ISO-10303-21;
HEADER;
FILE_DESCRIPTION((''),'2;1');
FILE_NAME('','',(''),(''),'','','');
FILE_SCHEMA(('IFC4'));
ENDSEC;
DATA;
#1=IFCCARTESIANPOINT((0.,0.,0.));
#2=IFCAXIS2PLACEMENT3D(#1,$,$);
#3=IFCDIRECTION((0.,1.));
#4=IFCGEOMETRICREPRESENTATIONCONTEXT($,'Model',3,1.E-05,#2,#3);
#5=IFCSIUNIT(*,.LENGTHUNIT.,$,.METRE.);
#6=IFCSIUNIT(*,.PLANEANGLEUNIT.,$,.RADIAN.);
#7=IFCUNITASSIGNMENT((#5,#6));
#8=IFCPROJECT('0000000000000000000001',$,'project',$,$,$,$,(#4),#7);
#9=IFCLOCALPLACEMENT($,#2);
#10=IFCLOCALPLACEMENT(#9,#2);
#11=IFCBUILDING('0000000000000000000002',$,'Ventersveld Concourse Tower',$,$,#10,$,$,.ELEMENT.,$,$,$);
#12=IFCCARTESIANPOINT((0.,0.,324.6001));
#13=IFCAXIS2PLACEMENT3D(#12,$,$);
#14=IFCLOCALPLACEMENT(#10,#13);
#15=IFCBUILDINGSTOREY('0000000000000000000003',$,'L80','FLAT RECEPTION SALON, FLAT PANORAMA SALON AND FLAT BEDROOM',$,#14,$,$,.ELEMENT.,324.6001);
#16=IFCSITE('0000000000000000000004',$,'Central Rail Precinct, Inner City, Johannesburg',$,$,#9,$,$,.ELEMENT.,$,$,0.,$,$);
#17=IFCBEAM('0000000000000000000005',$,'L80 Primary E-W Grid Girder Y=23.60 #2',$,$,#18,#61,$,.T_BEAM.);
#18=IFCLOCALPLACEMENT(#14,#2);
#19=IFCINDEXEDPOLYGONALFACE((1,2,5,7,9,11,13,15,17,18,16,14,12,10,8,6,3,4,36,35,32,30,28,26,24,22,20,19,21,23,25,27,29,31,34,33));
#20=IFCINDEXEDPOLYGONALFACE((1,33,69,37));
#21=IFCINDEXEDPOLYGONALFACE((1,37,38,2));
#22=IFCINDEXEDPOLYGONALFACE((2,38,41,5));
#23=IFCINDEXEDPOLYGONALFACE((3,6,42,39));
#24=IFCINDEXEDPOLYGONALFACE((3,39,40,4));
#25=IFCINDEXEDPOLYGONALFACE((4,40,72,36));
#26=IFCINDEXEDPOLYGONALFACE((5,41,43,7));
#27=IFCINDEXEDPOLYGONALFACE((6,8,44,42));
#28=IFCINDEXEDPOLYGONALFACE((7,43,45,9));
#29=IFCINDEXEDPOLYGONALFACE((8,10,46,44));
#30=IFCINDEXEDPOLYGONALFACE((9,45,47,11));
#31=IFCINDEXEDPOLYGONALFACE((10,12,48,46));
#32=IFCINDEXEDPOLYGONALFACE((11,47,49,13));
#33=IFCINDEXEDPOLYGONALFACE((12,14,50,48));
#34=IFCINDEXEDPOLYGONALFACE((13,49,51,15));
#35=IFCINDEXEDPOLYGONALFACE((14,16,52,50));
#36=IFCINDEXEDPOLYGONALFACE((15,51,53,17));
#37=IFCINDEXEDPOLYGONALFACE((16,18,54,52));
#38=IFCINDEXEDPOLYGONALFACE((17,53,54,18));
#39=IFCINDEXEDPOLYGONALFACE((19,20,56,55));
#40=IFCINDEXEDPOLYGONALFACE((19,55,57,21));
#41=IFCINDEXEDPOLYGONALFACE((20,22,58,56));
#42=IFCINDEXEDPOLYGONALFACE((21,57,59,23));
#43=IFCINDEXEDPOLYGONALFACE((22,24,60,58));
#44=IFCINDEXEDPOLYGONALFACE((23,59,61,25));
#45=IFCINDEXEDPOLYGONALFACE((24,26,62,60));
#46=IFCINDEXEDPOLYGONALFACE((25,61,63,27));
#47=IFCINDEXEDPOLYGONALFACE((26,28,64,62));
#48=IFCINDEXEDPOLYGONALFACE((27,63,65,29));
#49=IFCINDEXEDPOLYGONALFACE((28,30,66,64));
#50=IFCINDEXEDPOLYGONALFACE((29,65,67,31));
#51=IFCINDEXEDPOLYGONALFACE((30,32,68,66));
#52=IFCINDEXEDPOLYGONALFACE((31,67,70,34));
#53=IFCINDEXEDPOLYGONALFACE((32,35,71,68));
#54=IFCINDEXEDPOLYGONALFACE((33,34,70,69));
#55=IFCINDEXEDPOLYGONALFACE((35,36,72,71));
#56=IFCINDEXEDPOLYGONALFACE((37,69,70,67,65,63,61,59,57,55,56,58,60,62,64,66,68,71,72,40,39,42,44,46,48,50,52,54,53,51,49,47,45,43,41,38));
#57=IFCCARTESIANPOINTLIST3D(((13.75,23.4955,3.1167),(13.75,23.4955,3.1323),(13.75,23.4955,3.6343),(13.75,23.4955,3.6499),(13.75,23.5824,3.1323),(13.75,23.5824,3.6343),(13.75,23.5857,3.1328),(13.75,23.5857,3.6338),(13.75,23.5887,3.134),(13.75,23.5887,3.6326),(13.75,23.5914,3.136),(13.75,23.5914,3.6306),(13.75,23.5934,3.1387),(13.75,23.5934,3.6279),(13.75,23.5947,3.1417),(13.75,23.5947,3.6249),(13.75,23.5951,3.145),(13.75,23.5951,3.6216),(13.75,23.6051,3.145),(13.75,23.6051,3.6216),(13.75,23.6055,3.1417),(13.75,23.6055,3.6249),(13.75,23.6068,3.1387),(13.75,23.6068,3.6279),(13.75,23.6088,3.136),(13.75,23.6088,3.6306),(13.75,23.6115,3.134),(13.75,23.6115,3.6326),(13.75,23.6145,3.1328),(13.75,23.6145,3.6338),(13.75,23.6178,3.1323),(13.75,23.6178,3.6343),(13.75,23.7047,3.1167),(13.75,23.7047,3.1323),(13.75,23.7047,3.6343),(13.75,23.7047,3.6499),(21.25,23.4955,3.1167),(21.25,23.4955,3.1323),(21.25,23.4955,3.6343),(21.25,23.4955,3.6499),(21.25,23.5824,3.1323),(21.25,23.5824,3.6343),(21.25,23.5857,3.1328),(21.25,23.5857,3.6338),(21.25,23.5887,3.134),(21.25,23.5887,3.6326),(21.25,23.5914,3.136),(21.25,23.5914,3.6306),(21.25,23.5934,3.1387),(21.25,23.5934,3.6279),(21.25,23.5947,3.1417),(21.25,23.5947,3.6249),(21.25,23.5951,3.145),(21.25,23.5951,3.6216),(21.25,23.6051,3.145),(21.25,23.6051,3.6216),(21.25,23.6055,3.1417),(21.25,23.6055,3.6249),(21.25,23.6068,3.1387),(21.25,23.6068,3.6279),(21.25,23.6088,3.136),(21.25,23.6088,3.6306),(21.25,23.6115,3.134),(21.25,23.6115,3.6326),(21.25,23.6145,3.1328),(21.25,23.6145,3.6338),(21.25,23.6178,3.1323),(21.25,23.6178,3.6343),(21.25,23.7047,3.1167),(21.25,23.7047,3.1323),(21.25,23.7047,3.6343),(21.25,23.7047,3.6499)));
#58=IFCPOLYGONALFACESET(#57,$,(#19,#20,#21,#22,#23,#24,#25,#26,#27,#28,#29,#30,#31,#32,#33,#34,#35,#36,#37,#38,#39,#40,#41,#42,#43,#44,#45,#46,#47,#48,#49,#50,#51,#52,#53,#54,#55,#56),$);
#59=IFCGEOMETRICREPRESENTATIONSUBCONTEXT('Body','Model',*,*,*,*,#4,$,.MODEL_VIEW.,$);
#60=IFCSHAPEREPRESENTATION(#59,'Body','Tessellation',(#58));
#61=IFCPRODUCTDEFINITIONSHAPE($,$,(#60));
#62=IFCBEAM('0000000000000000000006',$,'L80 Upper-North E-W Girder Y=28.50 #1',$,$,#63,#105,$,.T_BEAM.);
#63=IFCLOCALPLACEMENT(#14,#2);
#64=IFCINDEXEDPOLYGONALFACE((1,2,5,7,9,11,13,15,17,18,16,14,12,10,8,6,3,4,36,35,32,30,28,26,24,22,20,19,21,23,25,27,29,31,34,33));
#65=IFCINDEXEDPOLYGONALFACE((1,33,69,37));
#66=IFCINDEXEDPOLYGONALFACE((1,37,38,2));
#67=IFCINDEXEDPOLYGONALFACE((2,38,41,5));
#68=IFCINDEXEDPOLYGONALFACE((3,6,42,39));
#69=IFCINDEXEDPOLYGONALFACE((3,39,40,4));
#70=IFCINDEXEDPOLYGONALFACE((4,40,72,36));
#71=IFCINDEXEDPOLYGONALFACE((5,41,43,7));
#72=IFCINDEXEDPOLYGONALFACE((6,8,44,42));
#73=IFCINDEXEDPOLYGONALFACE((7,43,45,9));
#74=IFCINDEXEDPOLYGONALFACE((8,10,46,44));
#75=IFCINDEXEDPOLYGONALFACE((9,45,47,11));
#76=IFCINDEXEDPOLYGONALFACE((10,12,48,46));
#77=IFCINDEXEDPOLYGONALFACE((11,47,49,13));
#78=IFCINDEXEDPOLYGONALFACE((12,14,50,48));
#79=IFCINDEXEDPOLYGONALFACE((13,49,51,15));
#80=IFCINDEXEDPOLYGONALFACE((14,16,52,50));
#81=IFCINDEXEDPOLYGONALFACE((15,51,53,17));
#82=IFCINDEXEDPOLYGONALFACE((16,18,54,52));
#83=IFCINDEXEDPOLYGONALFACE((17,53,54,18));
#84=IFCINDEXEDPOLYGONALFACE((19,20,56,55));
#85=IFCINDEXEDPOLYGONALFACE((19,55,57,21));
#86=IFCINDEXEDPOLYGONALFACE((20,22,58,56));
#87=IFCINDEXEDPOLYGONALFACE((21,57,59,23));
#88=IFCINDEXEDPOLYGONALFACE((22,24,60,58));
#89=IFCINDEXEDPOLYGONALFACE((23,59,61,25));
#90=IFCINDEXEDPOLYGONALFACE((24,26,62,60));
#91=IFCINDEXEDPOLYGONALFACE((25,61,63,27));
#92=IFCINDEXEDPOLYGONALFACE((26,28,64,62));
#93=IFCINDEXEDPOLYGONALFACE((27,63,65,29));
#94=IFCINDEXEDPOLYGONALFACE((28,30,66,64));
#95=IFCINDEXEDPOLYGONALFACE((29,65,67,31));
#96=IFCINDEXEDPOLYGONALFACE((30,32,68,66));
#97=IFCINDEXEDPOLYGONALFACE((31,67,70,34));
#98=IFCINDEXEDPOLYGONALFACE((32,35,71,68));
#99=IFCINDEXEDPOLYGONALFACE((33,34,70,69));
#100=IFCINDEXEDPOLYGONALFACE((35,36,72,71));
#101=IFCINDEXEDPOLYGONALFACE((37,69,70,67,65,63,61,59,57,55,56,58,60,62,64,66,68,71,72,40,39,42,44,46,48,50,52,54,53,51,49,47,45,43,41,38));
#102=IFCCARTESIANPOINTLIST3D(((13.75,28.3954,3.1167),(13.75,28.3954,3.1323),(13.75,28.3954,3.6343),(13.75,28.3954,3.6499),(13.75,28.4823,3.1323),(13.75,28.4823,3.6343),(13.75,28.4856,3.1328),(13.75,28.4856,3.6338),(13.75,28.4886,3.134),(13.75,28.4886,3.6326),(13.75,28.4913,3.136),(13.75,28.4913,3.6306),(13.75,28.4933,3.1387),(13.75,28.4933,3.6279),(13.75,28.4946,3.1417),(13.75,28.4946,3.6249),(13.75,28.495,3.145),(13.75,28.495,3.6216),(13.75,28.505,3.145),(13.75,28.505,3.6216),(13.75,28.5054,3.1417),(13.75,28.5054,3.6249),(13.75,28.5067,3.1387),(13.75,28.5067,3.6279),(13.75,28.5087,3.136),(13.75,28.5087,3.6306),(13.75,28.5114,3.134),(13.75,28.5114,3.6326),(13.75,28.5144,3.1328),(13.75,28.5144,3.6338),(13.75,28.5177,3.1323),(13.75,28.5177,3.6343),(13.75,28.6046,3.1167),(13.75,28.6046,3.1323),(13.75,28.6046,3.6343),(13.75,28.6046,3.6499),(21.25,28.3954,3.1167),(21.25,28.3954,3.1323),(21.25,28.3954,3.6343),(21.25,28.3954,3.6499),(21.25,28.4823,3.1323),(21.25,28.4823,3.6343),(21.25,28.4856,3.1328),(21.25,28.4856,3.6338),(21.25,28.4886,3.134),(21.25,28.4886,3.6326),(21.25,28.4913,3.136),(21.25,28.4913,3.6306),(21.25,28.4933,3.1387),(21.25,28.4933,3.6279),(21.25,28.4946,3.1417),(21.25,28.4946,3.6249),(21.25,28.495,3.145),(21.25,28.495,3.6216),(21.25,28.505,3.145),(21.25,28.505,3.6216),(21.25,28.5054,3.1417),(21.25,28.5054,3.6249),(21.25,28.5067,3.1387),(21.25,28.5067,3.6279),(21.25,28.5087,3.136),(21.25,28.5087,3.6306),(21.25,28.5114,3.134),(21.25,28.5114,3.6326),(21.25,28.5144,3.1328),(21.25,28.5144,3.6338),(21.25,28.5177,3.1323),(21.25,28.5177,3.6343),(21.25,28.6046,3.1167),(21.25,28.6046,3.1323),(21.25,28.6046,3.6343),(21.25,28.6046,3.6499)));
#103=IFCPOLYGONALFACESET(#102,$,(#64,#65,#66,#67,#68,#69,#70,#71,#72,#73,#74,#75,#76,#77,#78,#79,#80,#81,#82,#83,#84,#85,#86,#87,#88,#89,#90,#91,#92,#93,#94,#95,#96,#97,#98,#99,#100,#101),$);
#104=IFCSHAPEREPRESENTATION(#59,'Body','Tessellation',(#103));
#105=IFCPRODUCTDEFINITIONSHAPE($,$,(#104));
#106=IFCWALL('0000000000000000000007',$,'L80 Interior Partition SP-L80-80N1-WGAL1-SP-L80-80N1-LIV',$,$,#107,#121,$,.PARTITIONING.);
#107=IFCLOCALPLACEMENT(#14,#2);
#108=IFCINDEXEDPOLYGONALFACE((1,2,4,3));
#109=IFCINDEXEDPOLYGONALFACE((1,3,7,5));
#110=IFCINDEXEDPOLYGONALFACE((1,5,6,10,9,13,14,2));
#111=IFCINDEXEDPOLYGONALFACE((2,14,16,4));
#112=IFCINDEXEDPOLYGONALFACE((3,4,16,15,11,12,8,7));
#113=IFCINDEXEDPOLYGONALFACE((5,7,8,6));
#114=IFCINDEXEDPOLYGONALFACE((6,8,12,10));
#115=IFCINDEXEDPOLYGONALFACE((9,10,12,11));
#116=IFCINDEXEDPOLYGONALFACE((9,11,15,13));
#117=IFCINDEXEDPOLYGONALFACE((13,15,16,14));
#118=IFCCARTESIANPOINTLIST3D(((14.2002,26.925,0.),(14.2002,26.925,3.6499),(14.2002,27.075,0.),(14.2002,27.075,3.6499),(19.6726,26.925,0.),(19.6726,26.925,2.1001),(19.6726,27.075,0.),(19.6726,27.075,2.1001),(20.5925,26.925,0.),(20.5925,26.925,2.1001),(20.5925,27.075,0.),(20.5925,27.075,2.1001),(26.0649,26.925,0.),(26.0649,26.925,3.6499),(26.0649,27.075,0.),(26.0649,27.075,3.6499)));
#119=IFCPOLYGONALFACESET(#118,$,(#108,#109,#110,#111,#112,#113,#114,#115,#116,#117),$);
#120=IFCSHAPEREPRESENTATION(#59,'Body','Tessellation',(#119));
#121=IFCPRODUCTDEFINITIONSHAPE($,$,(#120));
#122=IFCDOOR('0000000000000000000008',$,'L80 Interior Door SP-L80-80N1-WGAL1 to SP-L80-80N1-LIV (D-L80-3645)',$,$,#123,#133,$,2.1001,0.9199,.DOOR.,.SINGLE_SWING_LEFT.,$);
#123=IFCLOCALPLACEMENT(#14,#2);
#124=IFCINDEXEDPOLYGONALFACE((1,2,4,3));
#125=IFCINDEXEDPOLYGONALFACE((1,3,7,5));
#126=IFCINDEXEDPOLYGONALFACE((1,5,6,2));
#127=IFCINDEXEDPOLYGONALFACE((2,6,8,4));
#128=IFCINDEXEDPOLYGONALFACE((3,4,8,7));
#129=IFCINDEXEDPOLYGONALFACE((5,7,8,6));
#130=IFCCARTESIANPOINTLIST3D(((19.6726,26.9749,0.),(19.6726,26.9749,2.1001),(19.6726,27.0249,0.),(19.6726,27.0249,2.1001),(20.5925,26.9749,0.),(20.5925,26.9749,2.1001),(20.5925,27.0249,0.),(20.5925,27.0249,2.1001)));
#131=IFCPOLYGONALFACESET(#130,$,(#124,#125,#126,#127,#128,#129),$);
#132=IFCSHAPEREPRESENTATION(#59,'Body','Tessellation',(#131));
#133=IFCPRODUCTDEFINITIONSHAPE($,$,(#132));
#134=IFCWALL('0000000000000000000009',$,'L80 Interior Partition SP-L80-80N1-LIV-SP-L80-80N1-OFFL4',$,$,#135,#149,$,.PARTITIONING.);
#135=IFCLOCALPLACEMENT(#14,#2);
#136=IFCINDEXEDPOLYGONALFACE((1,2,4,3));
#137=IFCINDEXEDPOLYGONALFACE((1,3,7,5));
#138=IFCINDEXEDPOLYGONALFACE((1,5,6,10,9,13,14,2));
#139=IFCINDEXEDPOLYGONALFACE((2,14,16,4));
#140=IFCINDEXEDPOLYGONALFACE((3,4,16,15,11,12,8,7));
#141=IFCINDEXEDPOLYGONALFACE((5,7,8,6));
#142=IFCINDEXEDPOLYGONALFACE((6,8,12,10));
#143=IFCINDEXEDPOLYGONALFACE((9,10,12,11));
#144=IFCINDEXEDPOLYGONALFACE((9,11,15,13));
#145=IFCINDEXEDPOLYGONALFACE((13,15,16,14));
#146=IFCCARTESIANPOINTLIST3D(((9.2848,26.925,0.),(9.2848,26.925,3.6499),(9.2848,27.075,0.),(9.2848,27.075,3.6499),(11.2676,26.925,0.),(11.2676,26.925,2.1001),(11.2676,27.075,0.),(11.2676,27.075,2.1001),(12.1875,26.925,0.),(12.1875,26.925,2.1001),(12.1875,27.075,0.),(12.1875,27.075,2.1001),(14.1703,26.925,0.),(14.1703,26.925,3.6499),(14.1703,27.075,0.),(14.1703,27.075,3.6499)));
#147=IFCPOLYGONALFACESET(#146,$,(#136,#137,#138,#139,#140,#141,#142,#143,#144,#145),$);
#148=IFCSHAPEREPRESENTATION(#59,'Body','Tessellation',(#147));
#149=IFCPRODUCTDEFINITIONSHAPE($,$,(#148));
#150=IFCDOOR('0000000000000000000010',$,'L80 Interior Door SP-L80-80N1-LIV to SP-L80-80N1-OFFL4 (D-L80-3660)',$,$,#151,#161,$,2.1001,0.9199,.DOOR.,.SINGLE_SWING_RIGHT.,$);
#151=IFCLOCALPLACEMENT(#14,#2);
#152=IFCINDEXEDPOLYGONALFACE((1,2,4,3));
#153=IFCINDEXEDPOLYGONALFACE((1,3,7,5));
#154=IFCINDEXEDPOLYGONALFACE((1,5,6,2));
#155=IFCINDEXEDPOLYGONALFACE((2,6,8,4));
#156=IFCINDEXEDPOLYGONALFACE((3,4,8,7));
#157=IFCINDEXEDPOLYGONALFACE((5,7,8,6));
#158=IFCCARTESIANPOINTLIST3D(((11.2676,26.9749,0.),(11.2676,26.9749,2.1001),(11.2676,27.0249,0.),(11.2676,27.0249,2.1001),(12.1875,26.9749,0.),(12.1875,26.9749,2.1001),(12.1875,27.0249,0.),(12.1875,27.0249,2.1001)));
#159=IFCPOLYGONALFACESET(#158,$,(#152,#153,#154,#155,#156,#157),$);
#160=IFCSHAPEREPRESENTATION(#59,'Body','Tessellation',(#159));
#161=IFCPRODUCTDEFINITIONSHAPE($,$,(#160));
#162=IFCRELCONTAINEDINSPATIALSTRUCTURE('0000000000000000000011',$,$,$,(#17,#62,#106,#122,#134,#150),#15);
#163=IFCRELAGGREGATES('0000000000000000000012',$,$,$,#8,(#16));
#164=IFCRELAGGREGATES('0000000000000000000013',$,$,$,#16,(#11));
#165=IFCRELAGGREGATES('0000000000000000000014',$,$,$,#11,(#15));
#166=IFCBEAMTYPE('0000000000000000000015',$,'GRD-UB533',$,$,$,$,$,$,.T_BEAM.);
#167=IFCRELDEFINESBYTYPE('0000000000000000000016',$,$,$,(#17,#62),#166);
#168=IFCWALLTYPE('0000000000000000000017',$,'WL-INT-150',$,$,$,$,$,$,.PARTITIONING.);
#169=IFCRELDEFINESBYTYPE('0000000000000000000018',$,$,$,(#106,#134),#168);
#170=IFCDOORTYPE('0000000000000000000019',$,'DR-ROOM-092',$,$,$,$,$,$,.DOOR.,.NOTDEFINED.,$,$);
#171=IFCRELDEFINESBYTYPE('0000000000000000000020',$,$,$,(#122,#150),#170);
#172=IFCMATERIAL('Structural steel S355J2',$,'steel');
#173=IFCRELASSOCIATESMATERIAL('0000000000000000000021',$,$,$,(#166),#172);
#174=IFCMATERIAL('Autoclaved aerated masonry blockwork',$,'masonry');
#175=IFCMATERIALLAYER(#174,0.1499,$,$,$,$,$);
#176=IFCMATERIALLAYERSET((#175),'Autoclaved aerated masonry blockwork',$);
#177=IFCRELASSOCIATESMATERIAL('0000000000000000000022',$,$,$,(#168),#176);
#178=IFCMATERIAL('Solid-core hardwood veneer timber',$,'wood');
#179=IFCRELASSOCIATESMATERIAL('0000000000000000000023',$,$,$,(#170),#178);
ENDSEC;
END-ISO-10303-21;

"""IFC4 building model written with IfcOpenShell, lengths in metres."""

from ifc_helpers import new_model, si_unit, direction, frame, frame_2d, origin, origin_2d, place, context, subcontext, project, spatial, rectangle, i_section, extrude, material, layer, layer_set, material_profile, profile_set, type_object, element, fill, save


model = new_model("IFC4")

# Units and contexts
model_context = context("Model", 3, precision=1e-05, world=origin(), true_north=direction((0.0, 1.0)))
body_context = subcontext(model_context, "Body", "Model", "MODEL_VIEW")
ifc_project = project(units=[si_unit("LENGTHUNIT", "METRE"), si_unit("PLANEANGLEUNIT", "RADIAN")], contexts=[model_context])

# Site, building, storey
site_placement = place(None, origin())
site = spatial("IfcSite", under=ifc_project, at=site_placement, Name="Central Rail Precinct, Inner City, Johannesburg", CompositionType="ELEMENT", RefElevation=0.0)
building_placement = place(site_placement, origin())
building = spatial("IfcBuilding", under=site, at=building_placement, Name="Ventersveld Concourse Tower", CompositionType="ELEMENT")
storey_placement = place(building_placement, frame((0.0, 0.0, 324.6001)))
storey = spatial("IfcBuildingStorey", under=building, at=storey_placement, Name="L80", Description="FLAT RECEPTION SALON, FLAT PANORAMA SALON AND FLAT BEDROOM", CompositionType="ELEMENT", Elevation=324.6001)

# Shared definitions
ifc_material_1 = material(Name="Structural steel S355J2", Category="steel")

# Beams
ifc_material_profile_1 = material_profile(ifc_material_1, i_section(OverallWidth=0.2092, OverallDepth=0.5332, WebThickness=0.01, FlangeThickness=0.0156, FilletRadius=0.0127, at=origin_2d()), Name="UB 533x210x92")
ifc_profile_set_1 = profile_set([ifc_material_profile_1], Name="Structural steel S355J2")
beam_type_1 = type_object("IfcBeamType", Name="GRD-UB533", PredefinedType="T_BEAM", material=ifc_profile_set_1)
for number, where, z_axis, x_axis, name in (
    (1, (13.75, 23.6001, 3.3833), (1.0, 0.0, 0.0), (0.0, 1.0, 0.0), "L80 Primary E-W Grid Girder Y=23.60 #2"),
    (2, (13.75, 28.5, 3.3833), (1.0, 0.0, 0.0), (0.0, 1.0, 0.0), "L80 Upper-North E-W Girder Y=28.50 #1"),
):
    element("IfcBeam", number, at=place(storey_placement, frame(where, z_axis=z_axis, x_axis=x_axis)), inside=storey, type_object=beam_type_1, Name=name, PredefinedType="T_BEAM", context=body_context, shape_type="SweptSolid", body=[
        extrude(i_section(OverallWidth=0.2092, OverallDepth=0.5332, WebThickness=0.01, FlangeThickness=0.0156, FilletRadius=0.0127, at=origin_2d()), origin(), (0.0, 0.0, 1.0), 7.5),
    ])

# Walls, openings, doors
ifc_material_2 = material(Name="Autoclaved aerated masonry blockwork", Category="masonry")
ifc_layer_1 = layer(ifc_material_2, 0.1499)
ifc_layer_set_1 = layer_set([ifc_layer_1], Name="Autoclaved aerated masonry blockwork")
wall_type_1 = type_object("IfcWallType", Name="WL-INT-150", PredefinedType="PARTITIONING", material=ifc_layer_set_1)
wall_1_placement = place(storey_placement, frame((14.2002, 27.0, 0.0), z_axis=(0.0, 0.0, 1.0), x_axis=(1.0, 0.0, 0.0)))
wall_1 = element("IfcWall", 3, at=wall_1_placement, inside=storey, type_object=wall_type_1, Name="L80 Interior Partition SP-L80-80N1-WGAL1-SP-L80-80N1-LIV", PredefinedType="PARTITIONING", context=body_context, shape_type="SweptSolid", body=[
    extrude(rectangle(XDim=11.8647, YDim=0.1499, at=frame_2d((5.9324, 0.0))), origin(), (0.0, 0.0, 1.0), 3.6499),
])
opening_1_placement = place(wall_1_placement, frame((5.4724, 0.0, 0.0)))
opening_1 = element("IfcOpeningElement", 4, at=opening_1_placement, cuts=wall_1, PredefinedType="OPENING", context=body_context, shape_type="SweptSolid", body=[
    extrude(rectangle(XDim=0.9199, YDim=2.1001, at=frame_2d((0.46, 1.05))), frame((0.0, 0.085, 0.0), z_axis=(0.0, -1.0, 0.0), x_axis=(1.0, 0.0, 0.0)), (0.0, 0.0, 1.0), 0.1699),
])
ifc_material_3 = material(Name="Solid-core hardwood veneer timber", Category="wood")
door_type = type_object("IfcDoorType", Name="DR-ROOM-092", OperationType="NOTDEFINED", PredefinedType="DOOR", material=ifc_material_3)
door_1_placement = place(opening_1_placement, origin())
door_1 = element("IfcDoor", 5, at=door_1_placement, inside=storey, type_object=door_type, Name="L80 Interior Door SP-L80-80N1-WGAL1 to SP-L80-80N1-LIV (D-L80-3645)", OperationType="SINGLE_SWING_LEFT", OverallHeight=2.1001, OverallWidth=0.9199, PredefinedType="DOOR", context=body_context, shape_type="SweptSolid", body=[
    extrude(rectangle(XDim=0.9199, YDim=2.1001, at=frame_2d((0.46, 1.05))), frame((0.0, 0.0249, 0.0), z_axis=(0.0, -1.0, 0.0), x_axis=(1.0, 0.0, 0.0)), (0.0, 0.0, 1.0), 0.05),
])
fill(opening_1, door_1)
wall_2_placement = place(storey_placement, frame((9.2847, 27.0, 0.0), z_axis=(0.0, 0.0, 1.0), x_axis=(1.0, 0.0, 0.0)))
wall_2 = element("IfcWall", 6, at=wall_2_placement, inside=storey, type_object=wall_type_1, Name="L80 Interior Partition SP-L80-80N1-LIV-SP-L80-80N1-OFFL4", PredefinedType="PARTITIONING", context=body_context, shape_type="SweptSolid", body=[
    extrude(rectangle(XDim=4.8855, YDim=0.1499, at=frame_2d((2.4429, 0.0))), origin(), (0.0, 0.0, 1.0), 3.6499),
])
opening_2_placement = place(wall_2_placement, frame((1.9829, 0.0, 0.0)))
opening_2 = element("IfcOpeningElement", 7, at=opening_2_placement, cuts=wall_2, PredefinedType="OPENING", context=body_context, shape_type="SweptSolid", body=[
    extrude(rectangle(XDim=0.9199, YDim=2.1001, at=frame_2d((0.46, 1.05))), frame((0.0, 0.085, 0.0), z_axis=(0.0, -1.0, 0.0), x_axis=(1.0, 0.0, 0.0)), (0.0, 0.0, 1.0), 0.1699),
])
door_2_placement = place(opening_2_placement, origin())
door_2 = element("IfcDoor", 8, at=door_2_placement, inside=storey, type_object=door_type, Name="L80 Interior Door SP-L80-80N1-LIV to SP-L80-80N1-OFFL4 (D-L80-3660)", OperationType="SINGLE_SWING_RIGHT", OverallHeight=2.1001, OverallWidth=0.9199, PredefinedType="DOOR", context=body_context, shape_type="SweptSolid", body=[
    extrude(rectangle(XDim=0.9199, YDim=2.1001, at=frame_2d((0.46, 1.05))), frame((0.0, 0.0249, 0.0), z_axis=(0.0, -1.0, 0.0), x_axis=(1.0, 0.0, 0.0)), (0.0, 0.0, 1.0), 0.05),
])
fill(opening_2, door_2)

save(model, "model.ifc")
